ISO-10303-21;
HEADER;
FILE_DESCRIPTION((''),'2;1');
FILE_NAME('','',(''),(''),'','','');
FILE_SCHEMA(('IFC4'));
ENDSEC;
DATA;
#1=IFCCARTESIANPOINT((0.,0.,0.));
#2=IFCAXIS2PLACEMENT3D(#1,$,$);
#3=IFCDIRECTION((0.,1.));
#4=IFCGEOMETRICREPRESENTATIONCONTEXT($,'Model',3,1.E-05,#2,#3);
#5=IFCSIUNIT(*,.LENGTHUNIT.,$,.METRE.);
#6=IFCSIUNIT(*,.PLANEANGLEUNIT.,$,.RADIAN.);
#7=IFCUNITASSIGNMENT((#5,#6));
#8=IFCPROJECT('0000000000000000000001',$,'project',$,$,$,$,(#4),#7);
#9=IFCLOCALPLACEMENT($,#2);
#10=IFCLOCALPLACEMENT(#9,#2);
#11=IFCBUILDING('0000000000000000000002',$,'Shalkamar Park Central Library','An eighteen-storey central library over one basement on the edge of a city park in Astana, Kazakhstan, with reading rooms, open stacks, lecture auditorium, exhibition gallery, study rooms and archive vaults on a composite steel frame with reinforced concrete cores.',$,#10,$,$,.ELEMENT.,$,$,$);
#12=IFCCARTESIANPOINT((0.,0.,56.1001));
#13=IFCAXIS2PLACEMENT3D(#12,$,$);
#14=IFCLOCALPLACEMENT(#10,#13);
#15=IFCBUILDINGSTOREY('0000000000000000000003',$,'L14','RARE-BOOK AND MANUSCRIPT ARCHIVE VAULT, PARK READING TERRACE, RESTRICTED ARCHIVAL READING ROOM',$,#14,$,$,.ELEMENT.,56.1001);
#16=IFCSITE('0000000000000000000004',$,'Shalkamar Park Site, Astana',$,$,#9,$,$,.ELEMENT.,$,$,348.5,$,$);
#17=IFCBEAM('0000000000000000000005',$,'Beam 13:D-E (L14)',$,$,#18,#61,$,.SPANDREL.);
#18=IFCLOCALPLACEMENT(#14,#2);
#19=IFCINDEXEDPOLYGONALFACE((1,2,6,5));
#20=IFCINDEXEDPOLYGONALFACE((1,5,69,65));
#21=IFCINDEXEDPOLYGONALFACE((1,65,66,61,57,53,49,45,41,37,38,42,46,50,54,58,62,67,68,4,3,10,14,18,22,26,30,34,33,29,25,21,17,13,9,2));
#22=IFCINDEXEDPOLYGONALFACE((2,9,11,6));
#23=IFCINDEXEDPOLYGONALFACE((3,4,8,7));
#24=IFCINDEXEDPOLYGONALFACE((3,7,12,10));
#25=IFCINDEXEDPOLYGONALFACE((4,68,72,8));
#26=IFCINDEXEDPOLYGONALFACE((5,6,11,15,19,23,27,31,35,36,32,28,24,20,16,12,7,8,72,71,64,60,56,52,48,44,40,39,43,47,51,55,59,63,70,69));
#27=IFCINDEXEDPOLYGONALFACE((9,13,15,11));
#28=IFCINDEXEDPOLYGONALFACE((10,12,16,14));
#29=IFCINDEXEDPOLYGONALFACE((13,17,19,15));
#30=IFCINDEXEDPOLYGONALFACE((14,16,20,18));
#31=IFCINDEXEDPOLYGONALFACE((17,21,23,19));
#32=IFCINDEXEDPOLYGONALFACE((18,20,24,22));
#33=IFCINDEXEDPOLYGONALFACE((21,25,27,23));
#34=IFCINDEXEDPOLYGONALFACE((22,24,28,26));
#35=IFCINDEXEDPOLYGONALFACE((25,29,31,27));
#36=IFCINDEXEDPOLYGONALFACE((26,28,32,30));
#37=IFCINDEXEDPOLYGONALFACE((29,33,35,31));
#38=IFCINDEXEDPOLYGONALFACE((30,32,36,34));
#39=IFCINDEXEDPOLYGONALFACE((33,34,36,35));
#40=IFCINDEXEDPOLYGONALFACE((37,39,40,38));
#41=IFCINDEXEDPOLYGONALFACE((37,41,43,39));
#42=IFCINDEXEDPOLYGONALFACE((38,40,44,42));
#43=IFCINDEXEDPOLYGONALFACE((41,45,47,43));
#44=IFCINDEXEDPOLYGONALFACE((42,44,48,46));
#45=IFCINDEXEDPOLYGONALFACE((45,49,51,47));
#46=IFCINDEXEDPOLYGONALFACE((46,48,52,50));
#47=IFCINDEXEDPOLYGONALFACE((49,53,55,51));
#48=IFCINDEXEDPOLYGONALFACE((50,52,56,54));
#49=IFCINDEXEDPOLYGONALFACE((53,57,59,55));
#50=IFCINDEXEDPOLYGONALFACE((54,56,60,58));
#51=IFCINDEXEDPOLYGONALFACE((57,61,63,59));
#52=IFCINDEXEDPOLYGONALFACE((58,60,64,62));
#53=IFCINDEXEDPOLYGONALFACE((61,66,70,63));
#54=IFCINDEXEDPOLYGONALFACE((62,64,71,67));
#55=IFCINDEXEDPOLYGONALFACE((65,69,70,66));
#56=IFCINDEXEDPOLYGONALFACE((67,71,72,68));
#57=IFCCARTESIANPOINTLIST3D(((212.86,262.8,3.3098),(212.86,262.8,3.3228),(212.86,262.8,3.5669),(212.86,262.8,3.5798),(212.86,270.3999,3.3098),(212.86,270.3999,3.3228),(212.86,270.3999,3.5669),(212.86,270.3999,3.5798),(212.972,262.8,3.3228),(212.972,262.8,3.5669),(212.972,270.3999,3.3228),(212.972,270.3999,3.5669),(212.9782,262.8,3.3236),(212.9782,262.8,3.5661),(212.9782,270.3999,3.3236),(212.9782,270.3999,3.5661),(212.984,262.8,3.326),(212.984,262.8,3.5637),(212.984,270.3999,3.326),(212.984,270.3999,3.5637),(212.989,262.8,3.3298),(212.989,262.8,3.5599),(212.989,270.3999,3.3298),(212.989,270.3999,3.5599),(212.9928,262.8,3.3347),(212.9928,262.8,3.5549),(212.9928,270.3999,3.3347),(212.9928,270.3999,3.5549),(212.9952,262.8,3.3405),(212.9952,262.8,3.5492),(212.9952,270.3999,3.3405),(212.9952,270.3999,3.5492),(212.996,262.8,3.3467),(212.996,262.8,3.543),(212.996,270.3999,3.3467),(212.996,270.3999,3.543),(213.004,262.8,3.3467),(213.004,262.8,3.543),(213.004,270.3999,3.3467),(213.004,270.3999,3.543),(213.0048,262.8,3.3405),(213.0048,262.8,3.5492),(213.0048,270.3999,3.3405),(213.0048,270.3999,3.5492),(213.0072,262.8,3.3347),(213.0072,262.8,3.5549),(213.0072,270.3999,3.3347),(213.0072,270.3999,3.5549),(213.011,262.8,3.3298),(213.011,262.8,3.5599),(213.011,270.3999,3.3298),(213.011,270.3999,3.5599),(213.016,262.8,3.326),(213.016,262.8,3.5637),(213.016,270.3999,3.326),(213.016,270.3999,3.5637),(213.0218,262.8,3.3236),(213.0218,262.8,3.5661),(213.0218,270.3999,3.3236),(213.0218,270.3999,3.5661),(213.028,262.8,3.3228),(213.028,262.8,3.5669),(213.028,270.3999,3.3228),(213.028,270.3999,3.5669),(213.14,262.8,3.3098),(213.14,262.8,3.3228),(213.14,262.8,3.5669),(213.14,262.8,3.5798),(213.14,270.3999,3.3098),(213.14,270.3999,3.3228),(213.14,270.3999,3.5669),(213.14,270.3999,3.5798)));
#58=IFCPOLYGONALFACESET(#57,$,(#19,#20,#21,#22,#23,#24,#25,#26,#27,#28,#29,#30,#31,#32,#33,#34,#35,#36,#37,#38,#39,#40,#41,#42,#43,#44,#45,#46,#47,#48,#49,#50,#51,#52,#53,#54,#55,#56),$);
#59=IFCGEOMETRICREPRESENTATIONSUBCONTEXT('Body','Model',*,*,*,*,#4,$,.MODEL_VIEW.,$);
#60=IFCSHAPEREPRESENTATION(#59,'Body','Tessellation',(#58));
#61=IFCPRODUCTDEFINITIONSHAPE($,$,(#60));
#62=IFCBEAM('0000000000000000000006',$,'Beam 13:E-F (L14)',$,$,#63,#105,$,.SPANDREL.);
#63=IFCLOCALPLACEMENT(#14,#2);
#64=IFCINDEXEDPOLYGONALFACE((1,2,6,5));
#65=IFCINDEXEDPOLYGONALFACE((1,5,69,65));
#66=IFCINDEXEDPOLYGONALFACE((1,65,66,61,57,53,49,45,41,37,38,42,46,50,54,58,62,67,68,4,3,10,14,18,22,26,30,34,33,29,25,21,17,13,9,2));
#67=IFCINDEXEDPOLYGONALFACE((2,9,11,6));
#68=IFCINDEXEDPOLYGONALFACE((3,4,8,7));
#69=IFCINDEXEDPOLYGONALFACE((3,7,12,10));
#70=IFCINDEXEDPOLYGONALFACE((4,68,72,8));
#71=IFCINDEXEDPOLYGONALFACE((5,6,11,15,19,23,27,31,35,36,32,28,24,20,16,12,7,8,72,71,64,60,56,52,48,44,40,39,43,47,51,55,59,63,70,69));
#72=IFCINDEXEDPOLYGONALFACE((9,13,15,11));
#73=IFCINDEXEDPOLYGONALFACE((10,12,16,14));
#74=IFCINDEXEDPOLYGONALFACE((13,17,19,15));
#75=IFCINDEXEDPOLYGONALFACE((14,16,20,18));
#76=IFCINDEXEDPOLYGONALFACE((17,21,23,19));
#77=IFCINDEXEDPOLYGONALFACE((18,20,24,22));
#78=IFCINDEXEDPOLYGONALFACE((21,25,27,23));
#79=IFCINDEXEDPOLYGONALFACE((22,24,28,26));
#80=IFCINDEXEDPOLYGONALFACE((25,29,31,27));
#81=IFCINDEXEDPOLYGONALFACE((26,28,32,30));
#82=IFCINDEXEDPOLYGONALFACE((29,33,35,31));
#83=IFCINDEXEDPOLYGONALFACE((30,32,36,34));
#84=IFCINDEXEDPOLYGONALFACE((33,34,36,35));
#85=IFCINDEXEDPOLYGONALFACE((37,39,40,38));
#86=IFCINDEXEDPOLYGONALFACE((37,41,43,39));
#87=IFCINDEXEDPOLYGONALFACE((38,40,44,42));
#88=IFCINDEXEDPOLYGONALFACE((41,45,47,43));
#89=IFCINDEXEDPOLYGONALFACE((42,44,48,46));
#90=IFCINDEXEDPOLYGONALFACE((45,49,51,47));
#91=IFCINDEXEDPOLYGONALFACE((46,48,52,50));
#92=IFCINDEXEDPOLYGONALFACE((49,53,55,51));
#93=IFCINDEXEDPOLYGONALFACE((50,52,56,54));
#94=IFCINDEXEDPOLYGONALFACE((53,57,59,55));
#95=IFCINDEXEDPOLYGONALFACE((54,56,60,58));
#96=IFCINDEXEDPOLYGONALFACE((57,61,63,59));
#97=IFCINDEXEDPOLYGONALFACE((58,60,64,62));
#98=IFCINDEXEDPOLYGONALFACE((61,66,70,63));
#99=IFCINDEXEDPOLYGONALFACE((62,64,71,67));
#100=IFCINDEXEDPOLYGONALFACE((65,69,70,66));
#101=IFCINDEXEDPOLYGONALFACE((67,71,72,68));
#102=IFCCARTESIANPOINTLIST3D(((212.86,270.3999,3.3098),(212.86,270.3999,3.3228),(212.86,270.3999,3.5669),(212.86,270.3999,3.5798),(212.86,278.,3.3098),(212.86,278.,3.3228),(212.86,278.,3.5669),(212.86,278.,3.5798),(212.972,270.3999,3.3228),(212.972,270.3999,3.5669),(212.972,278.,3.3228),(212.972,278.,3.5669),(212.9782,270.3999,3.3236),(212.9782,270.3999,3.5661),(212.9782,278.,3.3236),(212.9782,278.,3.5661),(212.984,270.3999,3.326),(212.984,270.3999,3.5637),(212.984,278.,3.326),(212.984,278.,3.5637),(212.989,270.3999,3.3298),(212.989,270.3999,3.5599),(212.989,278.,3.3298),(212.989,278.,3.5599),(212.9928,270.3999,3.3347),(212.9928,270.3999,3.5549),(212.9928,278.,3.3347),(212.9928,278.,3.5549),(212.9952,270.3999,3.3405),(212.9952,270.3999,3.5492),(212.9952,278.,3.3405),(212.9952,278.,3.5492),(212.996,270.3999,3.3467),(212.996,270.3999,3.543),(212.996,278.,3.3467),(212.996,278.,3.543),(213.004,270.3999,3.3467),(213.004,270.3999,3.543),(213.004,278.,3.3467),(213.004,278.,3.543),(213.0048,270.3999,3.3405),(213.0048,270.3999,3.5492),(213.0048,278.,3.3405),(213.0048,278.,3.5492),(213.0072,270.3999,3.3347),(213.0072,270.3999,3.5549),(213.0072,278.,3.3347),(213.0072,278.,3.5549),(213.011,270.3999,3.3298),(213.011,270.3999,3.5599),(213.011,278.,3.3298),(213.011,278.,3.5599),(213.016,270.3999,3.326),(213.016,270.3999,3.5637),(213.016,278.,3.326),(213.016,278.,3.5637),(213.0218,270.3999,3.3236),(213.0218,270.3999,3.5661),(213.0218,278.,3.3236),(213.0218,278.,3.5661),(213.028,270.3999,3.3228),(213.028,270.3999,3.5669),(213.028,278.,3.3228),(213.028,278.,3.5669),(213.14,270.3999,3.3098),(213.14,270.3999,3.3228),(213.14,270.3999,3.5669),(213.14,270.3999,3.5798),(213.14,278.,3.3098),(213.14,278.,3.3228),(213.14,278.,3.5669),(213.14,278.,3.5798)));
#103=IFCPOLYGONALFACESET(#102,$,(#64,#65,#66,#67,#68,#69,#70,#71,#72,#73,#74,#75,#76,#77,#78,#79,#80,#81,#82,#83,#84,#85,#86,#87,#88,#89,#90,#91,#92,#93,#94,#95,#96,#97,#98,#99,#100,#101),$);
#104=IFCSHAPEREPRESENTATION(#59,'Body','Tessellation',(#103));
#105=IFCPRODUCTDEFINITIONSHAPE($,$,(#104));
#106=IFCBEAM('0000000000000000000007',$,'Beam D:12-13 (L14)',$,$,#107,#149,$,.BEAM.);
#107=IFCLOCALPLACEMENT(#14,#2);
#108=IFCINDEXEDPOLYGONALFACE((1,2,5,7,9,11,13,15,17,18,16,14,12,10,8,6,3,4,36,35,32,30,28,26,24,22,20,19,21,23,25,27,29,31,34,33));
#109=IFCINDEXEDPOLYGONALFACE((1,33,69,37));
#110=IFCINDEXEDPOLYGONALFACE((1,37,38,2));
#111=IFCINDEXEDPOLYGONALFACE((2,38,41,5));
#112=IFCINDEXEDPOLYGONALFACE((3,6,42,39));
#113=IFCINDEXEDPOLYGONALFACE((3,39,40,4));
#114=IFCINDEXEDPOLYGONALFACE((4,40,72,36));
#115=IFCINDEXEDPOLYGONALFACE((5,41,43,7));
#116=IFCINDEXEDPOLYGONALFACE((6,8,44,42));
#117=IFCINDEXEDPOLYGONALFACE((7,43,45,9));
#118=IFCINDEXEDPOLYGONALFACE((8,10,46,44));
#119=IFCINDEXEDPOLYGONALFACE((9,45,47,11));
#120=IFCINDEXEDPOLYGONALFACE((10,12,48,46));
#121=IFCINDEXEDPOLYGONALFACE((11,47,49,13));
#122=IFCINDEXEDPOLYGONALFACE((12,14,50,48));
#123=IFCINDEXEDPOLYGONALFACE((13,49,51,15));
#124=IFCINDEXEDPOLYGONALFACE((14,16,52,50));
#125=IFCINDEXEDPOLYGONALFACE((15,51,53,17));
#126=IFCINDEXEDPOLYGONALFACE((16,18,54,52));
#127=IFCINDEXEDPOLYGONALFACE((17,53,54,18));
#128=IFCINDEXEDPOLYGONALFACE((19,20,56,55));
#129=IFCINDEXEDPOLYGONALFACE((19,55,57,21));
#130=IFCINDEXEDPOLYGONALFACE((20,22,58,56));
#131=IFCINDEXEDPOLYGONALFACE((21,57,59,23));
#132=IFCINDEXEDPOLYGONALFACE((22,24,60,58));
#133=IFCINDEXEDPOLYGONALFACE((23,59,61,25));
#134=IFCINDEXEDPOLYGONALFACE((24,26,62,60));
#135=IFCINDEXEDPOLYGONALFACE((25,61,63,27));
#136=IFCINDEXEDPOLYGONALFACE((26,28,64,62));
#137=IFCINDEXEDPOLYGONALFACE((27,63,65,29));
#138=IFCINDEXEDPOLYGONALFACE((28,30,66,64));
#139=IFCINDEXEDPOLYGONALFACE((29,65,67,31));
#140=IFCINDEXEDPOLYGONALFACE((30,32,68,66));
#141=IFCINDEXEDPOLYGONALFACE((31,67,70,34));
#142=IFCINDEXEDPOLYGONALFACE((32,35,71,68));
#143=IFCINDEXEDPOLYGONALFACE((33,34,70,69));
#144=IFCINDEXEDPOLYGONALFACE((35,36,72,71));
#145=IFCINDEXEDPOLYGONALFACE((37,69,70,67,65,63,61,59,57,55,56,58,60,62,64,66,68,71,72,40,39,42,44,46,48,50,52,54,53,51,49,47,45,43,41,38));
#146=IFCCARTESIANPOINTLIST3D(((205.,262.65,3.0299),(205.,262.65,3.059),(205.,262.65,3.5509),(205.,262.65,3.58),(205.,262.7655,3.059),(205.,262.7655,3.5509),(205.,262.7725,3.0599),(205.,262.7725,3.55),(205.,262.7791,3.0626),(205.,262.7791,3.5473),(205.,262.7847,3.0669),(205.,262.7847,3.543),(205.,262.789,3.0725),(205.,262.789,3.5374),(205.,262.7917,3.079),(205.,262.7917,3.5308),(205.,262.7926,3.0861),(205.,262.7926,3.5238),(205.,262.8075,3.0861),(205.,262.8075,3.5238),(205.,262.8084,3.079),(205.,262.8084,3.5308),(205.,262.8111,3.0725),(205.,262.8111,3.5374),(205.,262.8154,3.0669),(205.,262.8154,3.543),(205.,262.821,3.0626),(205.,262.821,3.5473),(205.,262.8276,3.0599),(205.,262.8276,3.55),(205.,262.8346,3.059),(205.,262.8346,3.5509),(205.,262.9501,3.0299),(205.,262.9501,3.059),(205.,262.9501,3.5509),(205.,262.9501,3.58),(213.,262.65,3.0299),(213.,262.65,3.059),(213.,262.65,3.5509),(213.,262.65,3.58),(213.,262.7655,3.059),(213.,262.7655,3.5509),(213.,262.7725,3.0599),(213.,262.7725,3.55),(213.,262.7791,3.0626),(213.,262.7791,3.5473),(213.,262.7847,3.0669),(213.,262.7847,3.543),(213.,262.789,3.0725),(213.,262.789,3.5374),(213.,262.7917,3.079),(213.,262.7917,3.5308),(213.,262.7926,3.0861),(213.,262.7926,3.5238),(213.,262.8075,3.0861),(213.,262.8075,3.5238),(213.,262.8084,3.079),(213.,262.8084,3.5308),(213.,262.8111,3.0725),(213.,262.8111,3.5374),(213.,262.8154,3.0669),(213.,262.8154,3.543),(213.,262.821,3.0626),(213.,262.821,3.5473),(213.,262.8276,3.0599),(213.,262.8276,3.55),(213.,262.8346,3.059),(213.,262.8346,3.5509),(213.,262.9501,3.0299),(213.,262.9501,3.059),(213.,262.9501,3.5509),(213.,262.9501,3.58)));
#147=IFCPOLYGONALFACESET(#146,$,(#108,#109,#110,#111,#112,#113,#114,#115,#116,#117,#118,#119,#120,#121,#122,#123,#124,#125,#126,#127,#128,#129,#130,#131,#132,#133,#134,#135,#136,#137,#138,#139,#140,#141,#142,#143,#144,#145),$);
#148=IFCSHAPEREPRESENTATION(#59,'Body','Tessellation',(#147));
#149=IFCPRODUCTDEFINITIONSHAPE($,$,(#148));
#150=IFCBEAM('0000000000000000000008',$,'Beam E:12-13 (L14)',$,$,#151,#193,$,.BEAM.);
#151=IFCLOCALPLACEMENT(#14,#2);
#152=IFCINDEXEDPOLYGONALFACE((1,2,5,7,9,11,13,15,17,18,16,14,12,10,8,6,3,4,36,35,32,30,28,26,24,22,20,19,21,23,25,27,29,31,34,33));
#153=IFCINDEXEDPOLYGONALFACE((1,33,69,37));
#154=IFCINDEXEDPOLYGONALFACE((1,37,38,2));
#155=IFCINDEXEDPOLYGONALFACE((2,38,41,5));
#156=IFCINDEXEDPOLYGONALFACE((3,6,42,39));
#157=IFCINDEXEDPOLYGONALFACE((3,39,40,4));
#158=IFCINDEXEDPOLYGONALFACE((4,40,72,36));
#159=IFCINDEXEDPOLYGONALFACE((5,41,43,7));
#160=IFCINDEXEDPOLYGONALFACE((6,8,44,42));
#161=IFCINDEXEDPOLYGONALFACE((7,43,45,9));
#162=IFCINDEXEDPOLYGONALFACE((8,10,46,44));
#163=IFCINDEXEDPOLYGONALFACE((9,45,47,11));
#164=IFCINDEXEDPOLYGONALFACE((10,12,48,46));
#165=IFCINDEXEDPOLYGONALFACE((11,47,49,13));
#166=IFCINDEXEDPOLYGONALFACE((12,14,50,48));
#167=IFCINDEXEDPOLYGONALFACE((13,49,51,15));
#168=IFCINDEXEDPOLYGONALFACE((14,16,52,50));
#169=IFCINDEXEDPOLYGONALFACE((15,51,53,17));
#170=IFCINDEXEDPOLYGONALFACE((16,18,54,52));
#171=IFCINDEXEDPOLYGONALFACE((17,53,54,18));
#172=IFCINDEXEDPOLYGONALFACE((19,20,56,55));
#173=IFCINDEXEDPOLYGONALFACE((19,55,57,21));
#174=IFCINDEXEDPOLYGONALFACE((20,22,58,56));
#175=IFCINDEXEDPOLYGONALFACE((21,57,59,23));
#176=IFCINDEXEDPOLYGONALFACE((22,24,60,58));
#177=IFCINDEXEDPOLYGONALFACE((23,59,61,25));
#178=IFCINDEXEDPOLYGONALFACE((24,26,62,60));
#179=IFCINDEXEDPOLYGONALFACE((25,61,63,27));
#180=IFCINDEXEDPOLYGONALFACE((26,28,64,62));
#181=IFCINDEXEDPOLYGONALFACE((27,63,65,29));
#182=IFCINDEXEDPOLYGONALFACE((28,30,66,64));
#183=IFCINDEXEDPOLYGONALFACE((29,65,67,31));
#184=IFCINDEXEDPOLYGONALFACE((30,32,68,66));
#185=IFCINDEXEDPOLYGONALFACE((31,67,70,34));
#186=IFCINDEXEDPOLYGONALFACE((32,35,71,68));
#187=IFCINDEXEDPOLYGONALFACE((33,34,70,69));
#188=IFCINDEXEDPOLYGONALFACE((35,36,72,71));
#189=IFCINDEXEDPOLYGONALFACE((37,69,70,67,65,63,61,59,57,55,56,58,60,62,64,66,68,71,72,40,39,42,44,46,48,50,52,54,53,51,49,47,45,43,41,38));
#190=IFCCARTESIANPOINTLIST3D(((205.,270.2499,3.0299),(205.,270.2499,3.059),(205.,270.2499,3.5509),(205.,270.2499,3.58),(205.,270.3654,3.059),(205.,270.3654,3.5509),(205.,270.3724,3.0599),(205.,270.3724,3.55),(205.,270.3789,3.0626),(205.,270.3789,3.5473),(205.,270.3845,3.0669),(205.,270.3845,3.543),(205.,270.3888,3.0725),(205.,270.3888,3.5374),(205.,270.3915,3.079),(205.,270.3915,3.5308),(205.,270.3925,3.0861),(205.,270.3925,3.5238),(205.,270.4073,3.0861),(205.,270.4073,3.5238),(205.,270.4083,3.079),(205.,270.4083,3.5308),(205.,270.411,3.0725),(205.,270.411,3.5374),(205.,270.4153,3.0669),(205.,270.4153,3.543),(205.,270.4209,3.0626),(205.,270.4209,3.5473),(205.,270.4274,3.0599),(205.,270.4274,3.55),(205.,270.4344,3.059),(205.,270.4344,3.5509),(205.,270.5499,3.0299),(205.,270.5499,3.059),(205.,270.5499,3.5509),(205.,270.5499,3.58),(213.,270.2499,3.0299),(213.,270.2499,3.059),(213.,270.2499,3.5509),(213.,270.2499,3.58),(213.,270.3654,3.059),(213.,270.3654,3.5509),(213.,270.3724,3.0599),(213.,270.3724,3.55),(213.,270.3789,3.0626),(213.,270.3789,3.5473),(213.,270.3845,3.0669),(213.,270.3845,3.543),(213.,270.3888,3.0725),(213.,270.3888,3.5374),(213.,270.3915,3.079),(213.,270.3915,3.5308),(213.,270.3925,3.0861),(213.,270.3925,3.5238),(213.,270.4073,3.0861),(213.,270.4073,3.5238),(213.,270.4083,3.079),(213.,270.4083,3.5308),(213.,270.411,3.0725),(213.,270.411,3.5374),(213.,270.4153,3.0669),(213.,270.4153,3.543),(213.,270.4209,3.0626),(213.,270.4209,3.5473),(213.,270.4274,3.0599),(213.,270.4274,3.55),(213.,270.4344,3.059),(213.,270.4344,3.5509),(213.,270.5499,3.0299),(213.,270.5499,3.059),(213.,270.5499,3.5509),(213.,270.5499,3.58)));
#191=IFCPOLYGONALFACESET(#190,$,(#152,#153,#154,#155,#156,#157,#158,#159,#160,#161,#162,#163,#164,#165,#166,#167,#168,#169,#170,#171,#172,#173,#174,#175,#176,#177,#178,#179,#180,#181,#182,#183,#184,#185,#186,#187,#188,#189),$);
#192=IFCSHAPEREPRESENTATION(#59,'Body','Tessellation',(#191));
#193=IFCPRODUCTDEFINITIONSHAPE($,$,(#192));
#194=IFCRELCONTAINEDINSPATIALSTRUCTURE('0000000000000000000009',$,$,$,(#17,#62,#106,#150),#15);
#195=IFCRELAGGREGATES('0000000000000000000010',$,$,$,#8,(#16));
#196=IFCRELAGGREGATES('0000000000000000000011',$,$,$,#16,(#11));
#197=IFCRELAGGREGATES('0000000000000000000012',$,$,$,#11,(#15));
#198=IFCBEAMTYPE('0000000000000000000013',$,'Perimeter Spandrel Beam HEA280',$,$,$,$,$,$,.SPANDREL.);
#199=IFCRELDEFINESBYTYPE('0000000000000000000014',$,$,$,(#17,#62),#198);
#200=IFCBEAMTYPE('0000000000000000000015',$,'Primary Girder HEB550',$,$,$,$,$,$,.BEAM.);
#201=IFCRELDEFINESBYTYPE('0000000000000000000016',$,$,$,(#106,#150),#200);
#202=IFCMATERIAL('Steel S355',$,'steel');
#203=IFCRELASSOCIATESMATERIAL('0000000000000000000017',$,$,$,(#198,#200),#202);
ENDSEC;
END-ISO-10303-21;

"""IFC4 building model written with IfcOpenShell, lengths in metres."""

from ifc_helpers import new_model, si_unit, direction, frame, origin, origin_2d, place, context, subcontext, project, spatial, i_section, extrude, material, material_profile, profile_set, type_object, element, save


model = new_model("IFC4")

# Units and contexts
model_context = context("Model", 3, precision=1e-05, world=origin(), true_north=direction((0.0, 1.0)))
body_context = subcontext(model_context, "Body", "Model", "MODEL_VIEW")
ifc_project = project(units=[si_unit("LENGTHUNIT", "METRE"), si_unit("PLANEANGLEUNIT", "RADIAN")], contexts=[model_context])

# Site, building, storey
site_placement = place(None, origin())
site = spatial("IfcSite", under=ifc_project, at=site_placement, Name="Shalkamar Park Site, Astana", CompositionType="ELEMENT", RefElevation=348.5)
building_placement = place(site_placement, origin())
building = spatial("IfcBuilding", under=site, at=building_placement, Name="Shalkamar Park Central Library", Description="An eighteen-storey central library over one basement on the edge of a city park in Astana, Kazakhstan, with reading rooms, open stacks, lecture auditorium, exhibition gallery, study rooms and archive vaults on a composite steel frame with reinforced concrete cores.", CompositionType="ELEMENT")
storey_placement = place(building_placement, frame((0.0, 0.0, 56.1001)))
storey = spatial("IfcBuildingStorey", under=building, at=storey_placement, Name="L14", Description="RARE-BOOK AND MANUSCRIPT ARCHIVE VAULT, PARK READING TERRACE, RESTRICTED ARCHIVAL READING ROOM", CompositionType="ELEMENT", Elevation=56.1001)

# Shared definitions
ifc_material_1 = material(Name="Steel S355", Category="steel")

# Beams
ifc_material_profile_1 = material_profile(ifc_material_1, i_section(OverallWidth=0.28, OverallDepth=0.27, WebThickness=0.0081, FlangeThickness=0.0129, FilletRadius=0.0239, at=origin_2d()), Name="HEA 280")
ifc_profile_set_1 = profile_set([ifc_material_profile_1], Name="Steel S355")
beam_type_1 = type_object("IfcBeamType", Name="Perimeter Spandrel Beam HEA280", PredefinedType="SPANDREL", material=ifc_profile_set_1)
beam_1_placement = place(storey_placement, frame((213.0, 262.8, 3.4448), z_axis=(0.0, 1.0, 0.0), x_axis=(-1.0, 0.0, 0.0)))
element("IfcBeam", 1, at=beam_1_placement, inside=storey, type_object=beam_type_1, Name="Beam 13:D-E (L14)", PredefinedType="SPANDREL", context=body_context, shape_type="SweptSolid", body=[
    extrude(i_section(OverallWidth=0.28, OverallDepth=0.27, WebThickness=0.0081, FlangeThickness=0.0129, FilletRadius=0.0239, at=origin_2d()), origin(), (0.0, 0.0, 1.0), 7.5999),
])
beam_2_placement = place(storey_placement, frame((213.0, 270.3999, 3.4448), z_axis=(0.0, 1.0, 0.0), x_axis=(-1.0, 0.0, 0.0)))
element("IfcBeam", 2, at=beam_2_placement, inside=storey, type_object=beam_type_1, Name="Beam 13:E-F (L14)", PredefinedType="SPANDREL", context=body_context, shape_type="SweptSolid", body=[
    extrude(i_section(OverallWidth=0.28, OverallDepth=0.27, WebThickness=0.0081, FlangeThickness=0.0129, FilletRadius=0.0239, at=origin_2d()), origin(), (0.0, 0.0, 1.0), 7.6001),
])
ifc_material_profile_2 = material_profile(ifc_material_1, i_section(OverallWidth=0.3, OverallDepth=0.55, WebThickness=0.0149, FlangeThickness=0.0291, FilletRadius=0.0271, at=origin_2d()), Name="HEB 550")
ifc_profile_set_2 = profile_set([ifc_material_profile_2], Name="Steel S355")
beam_type_2 = type_object("IfcBeamType", Name="Primary Girder HEB550", PredefinedType="BEAM", material=ifc_profile_set_2)
for number, where, z_axis, x_axis, name in (
    (3, (205.0, 262.8, 3.3049), (1.0, 0.0, 0.0), (0.0, 1.0, 0.0), "Beam D:12-13 (L14)"),
    (4, (205.0, 270.3999, 3.3049), (1.0, 0.0, 0.0), (0.0, 1.0, 0.0), "Beam E:12-13 (L14)"),
):
    element("IfcBeam", number, at=place(storey_placement, frame(where, z_axis=z_axis, x_axis=x_axis)), inside=storey, type_object=beam_type_2, Name=name, PredefinedType="BEAM", context=body_context, shape_type="SweptSolid", body=[
        extrude(i_section(OverallWidth=0.3, OverallDepth=0.55, WebThickness=0.0149, FlangeThickness=0.0291, FilletRadius=0.0271, at=origin_2d()), origin(), (0.0, 0.0, 1.0), 8.0),
    ])

save(model, "model.ifc")
